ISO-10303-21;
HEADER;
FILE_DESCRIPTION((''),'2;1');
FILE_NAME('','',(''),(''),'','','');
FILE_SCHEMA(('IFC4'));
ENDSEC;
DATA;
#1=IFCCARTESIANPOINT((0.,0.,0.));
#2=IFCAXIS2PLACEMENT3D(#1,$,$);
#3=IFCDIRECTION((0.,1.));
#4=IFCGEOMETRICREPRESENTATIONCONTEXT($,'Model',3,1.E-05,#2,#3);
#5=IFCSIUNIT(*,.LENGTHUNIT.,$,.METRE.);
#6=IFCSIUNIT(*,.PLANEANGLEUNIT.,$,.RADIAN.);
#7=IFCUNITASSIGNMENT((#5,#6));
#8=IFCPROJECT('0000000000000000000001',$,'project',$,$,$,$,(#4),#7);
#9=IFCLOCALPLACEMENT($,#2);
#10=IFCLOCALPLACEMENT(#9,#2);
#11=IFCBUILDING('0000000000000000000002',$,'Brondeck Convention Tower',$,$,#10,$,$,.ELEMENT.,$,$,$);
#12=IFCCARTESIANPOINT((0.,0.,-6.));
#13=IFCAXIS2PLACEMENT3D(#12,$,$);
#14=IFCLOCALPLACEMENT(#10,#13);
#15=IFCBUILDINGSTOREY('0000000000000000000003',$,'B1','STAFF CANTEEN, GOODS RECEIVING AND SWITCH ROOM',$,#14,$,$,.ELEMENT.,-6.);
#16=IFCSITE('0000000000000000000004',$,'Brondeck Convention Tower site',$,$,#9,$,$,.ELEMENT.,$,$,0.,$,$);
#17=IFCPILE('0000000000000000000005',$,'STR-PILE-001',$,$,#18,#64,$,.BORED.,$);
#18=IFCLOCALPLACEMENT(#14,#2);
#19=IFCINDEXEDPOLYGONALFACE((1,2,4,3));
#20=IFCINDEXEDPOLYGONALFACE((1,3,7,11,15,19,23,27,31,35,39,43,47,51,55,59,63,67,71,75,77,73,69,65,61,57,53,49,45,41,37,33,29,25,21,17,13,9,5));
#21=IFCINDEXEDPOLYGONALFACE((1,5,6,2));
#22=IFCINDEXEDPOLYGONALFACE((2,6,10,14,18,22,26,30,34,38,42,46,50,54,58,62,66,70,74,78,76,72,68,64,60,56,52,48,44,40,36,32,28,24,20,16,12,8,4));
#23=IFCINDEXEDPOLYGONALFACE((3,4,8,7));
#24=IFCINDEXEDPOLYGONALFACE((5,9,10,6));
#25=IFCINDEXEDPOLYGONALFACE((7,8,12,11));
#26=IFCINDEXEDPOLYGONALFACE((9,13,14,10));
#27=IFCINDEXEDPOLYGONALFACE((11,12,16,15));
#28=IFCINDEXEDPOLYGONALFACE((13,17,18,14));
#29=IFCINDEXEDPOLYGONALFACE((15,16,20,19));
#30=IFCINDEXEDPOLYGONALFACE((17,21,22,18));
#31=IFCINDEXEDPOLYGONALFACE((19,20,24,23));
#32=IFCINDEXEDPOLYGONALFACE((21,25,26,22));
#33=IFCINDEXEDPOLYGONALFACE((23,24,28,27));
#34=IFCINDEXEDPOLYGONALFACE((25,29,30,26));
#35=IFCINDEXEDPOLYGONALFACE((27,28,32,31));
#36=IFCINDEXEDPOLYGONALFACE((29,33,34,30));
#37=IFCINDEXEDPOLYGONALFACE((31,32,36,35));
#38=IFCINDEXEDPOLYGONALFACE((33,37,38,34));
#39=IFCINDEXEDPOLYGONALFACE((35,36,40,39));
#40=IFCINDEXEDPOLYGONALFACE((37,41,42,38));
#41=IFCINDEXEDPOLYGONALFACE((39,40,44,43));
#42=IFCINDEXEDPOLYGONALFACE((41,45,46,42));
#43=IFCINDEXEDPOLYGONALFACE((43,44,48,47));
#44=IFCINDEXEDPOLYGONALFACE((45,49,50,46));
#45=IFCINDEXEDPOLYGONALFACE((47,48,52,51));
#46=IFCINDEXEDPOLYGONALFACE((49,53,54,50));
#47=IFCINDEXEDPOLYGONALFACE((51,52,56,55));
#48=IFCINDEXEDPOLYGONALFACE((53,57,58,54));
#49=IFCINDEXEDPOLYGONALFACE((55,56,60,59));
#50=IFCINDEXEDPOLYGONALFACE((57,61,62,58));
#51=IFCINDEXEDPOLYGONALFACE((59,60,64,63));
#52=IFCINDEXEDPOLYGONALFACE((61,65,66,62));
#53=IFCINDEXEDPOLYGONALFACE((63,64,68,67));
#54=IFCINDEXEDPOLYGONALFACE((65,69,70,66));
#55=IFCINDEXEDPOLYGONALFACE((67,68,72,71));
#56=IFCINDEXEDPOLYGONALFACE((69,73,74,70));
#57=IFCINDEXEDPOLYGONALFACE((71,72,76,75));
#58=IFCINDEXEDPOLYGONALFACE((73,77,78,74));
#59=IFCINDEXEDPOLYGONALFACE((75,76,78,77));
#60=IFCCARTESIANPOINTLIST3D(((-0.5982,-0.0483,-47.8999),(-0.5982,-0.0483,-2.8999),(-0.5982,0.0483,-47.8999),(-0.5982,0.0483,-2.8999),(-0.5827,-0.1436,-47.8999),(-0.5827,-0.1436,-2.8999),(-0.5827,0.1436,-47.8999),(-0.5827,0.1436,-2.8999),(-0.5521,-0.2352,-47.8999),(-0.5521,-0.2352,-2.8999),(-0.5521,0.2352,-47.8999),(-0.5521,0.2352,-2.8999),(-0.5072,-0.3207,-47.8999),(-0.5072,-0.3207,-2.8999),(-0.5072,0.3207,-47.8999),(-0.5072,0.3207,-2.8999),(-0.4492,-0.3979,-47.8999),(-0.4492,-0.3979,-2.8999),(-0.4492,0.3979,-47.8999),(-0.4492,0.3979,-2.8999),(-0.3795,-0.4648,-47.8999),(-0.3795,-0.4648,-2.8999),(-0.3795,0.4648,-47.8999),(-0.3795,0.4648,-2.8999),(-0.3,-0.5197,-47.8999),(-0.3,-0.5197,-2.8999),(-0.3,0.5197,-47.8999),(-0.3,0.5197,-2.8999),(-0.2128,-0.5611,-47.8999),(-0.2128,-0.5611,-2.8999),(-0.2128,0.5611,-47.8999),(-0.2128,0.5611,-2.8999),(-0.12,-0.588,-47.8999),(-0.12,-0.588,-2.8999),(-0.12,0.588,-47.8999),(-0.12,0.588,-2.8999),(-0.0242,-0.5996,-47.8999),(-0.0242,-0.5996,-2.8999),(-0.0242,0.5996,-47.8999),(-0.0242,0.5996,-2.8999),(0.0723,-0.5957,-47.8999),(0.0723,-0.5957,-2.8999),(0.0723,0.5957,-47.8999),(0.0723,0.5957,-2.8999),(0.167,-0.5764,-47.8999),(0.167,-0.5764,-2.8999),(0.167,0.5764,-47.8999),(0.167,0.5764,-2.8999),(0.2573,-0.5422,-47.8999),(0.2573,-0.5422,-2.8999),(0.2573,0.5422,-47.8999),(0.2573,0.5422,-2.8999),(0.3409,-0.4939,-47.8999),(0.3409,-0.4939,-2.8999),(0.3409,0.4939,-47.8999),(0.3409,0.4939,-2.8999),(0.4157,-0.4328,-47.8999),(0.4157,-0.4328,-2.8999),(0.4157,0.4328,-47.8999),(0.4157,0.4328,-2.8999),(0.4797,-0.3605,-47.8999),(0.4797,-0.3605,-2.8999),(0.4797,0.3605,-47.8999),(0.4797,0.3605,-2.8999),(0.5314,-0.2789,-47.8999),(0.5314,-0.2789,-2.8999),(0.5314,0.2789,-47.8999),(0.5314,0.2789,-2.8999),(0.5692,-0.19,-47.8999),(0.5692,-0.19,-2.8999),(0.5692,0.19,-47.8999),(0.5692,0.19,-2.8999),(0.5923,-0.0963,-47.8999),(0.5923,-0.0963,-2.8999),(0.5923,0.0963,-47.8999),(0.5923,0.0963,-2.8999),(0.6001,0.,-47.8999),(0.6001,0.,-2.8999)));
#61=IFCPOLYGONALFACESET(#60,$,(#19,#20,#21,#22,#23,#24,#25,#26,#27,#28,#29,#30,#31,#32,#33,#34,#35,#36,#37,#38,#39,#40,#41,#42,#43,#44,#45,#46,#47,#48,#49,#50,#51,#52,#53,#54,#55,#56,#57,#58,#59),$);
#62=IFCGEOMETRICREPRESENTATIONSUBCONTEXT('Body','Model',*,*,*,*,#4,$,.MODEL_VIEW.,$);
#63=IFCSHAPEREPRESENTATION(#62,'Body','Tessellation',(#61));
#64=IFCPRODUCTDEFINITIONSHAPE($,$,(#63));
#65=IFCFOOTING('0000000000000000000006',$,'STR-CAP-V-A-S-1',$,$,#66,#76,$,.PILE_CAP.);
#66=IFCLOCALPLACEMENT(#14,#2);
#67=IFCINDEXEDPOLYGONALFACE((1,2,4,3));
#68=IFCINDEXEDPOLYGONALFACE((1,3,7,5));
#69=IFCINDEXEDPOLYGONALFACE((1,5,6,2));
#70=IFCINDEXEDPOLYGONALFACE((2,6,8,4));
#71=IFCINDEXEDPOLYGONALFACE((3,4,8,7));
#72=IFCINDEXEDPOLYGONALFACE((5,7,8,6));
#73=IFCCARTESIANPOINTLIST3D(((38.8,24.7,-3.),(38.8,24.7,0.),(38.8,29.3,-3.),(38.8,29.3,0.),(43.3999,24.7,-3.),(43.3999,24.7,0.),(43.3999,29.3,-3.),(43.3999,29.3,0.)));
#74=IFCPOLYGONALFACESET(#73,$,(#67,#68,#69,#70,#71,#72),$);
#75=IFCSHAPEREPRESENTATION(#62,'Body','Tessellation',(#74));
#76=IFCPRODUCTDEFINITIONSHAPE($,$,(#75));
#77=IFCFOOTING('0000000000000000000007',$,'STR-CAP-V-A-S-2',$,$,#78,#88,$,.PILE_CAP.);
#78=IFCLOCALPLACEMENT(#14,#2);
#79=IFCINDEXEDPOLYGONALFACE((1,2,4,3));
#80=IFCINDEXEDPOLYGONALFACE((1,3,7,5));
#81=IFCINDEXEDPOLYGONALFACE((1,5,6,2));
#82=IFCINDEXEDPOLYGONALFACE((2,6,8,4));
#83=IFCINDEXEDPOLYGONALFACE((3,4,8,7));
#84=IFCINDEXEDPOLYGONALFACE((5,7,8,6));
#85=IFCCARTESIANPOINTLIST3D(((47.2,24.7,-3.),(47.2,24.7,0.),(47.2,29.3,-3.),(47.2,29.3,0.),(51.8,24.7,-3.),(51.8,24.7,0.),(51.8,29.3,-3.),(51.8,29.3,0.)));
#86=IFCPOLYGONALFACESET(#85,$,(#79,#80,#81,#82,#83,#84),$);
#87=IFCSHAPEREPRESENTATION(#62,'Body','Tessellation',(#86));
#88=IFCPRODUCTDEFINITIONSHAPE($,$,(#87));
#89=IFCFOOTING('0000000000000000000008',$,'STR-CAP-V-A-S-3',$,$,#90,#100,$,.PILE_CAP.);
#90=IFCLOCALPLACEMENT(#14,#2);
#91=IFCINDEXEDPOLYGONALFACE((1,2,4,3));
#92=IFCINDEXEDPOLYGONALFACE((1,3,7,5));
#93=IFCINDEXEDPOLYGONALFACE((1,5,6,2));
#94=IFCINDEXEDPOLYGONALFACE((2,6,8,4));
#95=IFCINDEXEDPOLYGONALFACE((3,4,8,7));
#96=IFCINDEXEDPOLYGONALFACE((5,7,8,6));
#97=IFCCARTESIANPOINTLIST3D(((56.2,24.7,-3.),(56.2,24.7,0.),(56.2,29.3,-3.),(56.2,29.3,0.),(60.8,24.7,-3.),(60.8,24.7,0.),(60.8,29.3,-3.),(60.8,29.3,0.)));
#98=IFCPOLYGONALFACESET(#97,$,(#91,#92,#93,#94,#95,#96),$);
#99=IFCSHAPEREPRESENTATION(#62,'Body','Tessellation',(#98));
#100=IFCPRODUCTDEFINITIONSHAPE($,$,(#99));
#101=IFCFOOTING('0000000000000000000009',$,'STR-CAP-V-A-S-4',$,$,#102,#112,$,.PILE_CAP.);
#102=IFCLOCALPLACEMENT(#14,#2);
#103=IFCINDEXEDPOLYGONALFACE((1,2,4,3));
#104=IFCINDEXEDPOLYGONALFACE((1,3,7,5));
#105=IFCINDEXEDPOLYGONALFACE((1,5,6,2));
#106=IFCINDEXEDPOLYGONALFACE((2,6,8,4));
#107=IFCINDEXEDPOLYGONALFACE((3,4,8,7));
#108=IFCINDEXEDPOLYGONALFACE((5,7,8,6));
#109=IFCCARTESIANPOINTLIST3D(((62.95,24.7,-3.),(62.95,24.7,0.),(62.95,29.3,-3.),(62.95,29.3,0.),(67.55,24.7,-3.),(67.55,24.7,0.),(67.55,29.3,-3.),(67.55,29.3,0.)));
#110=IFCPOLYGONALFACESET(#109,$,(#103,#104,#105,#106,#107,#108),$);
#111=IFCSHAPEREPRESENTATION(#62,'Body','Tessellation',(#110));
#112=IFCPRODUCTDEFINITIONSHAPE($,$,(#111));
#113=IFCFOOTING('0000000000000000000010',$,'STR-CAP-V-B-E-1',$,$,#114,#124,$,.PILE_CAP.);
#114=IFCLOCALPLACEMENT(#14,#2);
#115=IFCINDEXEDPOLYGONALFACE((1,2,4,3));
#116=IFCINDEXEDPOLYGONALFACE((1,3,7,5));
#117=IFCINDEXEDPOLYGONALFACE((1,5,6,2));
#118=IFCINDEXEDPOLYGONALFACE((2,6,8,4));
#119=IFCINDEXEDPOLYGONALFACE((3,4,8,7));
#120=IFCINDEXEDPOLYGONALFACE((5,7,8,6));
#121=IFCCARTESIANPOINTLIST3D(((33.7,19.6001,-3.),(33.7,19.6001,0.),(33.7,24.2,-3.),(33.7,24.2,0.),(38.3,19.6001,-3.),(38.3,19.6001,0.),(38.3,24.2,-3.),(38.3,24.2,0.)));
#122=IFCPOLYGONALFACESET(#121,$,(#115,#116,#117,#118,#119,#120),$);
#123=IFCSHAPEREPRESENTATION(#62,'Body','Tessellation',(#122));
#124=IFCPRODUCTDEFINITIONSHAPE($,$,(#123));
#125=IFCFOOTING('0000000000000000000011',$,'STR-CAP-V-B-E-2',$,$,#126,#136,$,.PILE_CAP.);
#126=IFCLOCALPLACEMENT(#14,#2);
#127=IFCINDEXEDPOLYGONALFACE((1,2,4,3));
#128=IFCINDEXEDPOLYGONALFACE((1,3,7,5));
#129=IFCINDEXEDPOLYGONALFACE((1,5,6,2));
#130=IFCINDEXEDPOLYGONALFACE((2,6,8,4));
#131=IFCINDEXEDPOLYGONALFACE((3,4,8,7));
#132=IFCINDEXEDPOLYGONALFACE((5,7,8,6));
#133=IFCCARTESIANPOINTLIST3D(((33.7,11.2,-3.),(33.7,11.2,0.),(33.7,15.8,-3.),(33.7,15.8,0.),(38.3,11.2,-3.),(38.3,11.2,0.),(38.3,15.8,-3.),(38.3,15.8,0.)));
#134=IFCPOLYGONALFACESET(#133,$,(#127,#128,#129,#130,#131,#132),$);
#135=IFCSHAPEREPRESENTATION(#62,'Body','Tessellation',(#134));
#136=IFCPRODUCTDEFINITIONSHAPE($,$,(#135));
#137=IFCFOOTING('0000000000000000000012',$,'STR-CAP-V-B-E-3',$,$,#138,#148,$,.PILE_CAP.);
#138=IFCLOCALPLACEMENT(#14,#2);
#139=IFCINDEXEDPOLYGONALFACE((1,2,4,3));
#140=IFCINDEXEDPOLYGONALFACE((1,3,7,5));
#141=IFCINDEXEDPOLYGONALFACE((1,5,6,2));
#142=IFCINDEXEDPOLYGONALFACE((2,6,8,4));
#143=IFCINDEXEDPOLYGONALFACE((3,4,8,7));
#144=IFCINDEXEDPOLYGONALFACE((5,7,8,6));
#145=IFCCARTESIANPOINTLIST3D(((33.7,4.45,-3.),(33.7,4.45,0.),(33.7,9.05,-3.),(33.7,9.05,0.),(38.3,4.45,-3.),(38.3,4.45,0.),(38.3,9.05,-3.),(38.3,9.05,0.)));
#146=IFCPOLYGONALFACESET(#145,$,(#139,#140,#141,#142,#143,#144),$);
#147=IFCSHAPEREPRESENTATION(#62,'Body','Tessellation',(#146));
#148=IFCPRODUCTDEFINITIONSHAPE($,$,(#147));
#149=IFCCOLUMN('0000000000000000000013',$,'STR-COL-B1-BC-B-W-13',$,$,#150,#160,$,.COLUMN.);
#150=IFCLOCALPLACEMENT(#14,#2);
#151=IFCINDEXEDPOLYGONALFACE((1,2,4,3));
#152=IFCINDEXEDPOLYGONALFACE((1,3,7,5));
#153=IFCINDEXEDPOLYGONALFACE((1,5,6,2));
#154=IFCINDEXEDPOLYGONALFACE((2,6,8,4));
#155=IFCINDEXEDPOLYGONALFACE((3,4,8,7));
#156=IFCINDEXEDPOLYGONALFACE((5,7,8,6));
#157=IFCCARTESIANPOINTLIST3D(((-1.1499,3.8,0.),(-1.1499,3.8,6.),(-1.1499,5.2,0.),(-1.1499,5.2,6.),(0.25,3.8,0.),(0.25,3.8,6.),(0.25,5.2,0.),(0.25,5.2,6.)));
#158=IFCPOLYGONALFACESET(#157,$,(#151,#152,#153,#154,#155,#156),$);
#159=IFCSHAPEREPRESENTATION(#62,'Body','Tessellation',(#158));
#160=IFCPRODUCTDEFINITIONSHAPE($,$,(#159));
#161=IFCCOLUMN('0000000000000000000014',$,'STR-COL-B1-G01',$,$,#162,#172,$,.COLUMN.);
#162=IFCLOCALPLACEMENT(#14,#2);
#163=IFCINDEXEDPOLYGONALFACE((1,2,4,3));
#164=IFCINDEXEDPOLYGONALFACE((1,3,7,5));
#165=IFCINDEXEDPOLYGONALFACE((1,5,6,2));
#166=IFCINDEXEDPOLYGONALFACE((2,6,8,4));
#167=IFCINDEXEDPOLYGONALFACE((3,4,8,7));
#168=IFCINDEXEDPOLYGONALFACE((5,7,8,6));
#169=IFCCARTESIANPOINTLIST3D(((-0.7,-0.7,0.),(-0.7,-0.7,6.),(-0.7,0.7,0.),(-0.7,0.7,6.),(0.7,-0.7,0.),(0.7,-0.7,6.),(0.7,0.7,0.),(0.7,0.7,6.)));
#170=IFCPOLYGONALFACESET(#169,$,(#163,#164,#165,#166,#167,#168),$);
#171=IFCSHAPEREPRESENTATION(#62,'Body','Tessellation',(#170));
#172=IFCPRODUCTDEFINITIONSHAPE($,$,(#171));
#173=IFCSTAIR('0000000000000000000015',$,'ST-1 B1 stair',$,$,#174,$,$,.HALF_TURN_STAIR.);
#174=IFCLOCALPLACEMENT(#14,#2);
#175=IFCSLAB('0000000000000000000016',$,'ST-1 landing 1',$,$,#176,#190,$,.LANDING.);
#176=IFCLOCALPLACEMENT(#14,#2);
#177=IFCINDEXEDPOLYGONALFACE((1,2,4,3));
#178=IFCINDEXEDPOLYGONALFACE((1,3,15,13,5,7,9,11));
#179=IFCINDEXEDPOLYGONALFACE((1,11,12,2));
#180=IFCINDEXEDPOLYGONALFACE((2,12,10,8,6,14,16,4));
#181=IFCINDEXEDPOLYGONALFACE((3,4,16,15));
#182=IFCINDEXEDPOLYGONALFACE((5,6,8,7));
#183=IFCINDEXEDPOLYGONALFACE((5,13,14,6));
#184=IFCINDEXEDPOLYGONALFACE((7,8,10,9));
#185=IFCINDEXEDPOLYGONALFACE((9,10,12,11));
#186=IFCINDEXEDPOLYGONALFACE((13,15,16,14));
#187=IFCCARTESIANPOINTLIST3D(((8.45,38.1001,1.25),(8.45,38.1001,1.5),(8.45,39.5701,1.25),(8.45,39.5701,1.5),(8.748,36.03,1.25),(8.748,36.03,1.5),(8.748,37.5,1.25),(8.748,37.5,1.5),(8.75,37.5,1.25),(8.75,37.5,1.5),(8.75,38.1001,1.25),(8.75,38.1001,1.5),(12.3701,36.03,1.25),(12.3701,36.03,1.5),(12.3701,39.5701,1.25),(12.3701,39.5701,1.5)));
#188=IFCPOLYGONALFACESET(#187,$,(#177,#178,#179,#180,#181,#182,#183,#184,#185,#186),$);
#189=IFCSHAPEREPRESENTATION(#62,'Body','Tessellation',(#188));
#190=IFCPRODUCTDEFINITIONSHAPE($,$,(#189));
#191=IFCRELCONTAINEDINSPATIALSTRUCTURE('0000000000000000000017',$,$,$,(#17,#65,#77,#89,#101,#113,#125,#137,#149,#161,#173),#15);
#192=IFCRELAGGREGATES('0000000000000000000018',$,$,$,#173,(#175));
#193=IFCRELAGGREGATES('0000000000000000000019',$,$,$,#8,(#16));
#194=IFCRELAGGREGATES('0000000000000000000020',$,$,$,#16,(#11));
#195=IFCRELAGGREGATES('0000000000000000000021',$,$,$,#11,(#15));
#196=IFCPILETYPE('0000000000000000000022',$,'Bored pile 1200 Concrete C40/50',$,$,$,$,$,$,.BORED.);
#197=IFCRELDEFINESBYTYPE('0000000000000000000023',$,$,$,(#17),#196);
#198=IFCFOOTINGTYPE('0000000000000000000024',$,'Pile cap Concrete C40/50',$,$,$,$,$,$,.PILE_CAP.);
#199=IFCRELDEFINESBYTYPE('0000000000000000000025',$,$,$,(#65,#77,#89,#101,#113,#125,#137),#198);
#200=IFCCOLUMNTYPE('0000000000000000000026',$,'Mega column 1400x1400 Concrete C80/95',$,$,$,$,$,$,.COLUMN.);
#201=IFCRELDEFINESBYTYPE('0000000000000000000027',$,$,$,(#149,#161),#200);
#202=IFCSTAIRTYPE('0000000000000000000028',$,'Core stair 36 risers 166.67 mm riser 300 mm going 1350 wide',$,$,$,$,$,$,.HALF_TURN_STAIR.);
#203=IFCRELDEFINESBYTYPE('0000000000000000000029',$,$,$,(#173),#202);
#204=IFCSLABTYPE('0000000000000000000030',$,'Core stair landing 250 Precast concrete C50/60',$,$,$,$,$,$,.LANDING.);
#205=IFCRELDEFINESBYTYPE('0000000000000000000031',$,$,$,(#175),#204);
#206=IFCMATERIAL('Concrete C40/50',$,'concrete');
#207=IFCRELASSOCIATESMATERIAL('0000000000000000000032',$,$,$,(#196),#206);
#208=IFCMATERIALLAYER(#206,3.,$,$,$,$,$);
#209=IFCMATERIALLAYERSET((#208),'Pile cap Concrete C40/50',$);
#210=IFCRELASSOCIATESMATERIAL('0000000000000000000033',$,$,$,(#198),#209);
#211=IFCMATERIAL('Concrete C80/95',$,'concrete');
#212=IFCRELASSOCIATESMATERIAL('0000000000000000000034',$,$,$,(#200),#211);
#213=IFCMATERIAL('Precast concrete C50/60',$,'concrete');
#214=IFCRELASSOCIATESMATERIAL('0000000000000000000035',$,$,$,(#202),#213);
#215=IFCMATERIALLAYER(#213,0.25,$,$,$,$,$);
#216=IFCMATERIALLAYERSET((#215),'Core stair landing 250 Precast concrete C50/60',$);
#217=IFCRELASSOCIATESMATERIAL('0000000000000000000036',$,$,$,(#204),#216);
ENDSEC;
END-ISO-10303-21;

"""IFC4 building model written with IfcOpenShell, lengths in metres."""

from ifc_helpers import new_model, si_unit, direction, frame, origin, origin_2d, place, context, subcontext, project, spatial, polyline, rectangle, circle, outline, extrude, material, layer, layer_set, material_profile, profile_set, type_object, element, aggregate, save


model = new_model("IFC4")

# Units and contexts
model_context = context("Model", 3, precision=1e-05, world=origin(), true_north=direction((0.0, 1.0)))
body_context = subcontext(model_context, "Body", "Model", "MODEL_VIEW")
ifc_project = project(units=[si_unit("LENGTHUNIT", "METRE"), si_unit("PLANEANGLEUNIT", "RADIAN")], contexts=[model_context])

# Site, building, storey
site_placement = place(None, origin())
site = spatial("IfcSite", under=ifc_project, at=site_placement, Name="Brondeck Convention Tower site", CompositionType="ELEMENT", RefElevation=0.0)
building_placement = place(site_placement, origin())
building = spatial("IfcBuilding", under=site, at=building_placement, Name="Brondeck Convention Tower", CompositionType="ELEMENT")
storey_placement = place(building_placement, frame((0.0, 0.0, -6.0)))
storey = spatial("IfcBuildingStorey", under=building, at=storey_placement, Name="B1", Description="STAFF CANTEEN, GOODS RECEIVING AND SWITCH ROOM", CompositionType="ELEMENT", Elevation=-6.0)

# Pile
ifc_material_1 = material(Name="Concrete C40/50", Category="concrete")
ifc_material_profile_1 = material_profile(ifc_material_1, circle(Radius=0.6001, at=origin_2d()), Name="Bored pile 1200 Concrete C40/50")
ifc_profile_set_1 = profile_set([ifc_material_profile_1], Name="Concrete C40/50")
pile_type = type_object("IfcPileType", Name="Bored pile 1200 Concrete C40/50", PredefinedType="BORED", material=ifc_profile_set_1)
pile_placement = place(storey_placement, frame((0.0, 0.0, -2.8999), z_axis=(0.0, 0.0, -1.0), x_axis=(1.0, 0.0, 0.0)))
element("IfcPile", 1, at=pile_placement, inside=storey, type_object=pile_type, Name="STR-PILE-001", PredefinedType="BORED", context=body_context, shape_type="SweptSolid", body=[
    extrude(circle(Radius=0.6001, at=origin_2d()), origin(), (0.0, 0.0, 1.0), 45.0),
])

# Footings
ifc_layer_1 = layer(ifc_material_1, 3.0)
ifc_layer_set_1 = layer_set([ifc_layer_1], Name="Pile cap Concrete C40/50")
footing_type = type_object("IfcFootingType", Name="Pile cap Concrete C40/50", PredefinedType="PILE_CAP", material=ifc_layer_set_1)
footing_1_placement = place(storey_placement, frame((0.0, 0.0, -3.0)))
element("IfcFooting", 2, at=footing_1_placement, inside=storey, type_object=footing_type, Name="STR-CAP-V-A-S-1", PredefinedType="PILE_CAP", context=body_context, shape_type="SweptSolid", body=[
    extrude(outline(polyline([(38.8, 24.7), (43.3999, 24.7), (43.3999, 29.3), (38.8, 29.3), (38.8, 24.7)])), origin(), (0.0, 0.0, 1.0), 3.0),
])
footing_2_placement = place(storey_placement, frame((0.0, 0.0, -3.0)))
element("IfcFooting", 3, at=footing_2_placement, inside=storey, type_object=footing_type, Name="STR-CAP-V-A-S-2", PredefinedType="PILE_CAP", context=body_context, shape_type="SweptSolid", body=[
    extrude(outline(polyline([(47.2, 24.7), (51.8, 24.7), (51.8, 29.3), (47.2, 29.3), (47.2, 24.7)])), origin(), (0.0, 0.0, 1.0), 3.0),
])
footing_3_placement = place(storey_placement, frame((0.0, 0.0, -3.0)))
element("IfcFooting", 4, at=footing_3_placement, inside=storey, type_object=footing_type, Name="STR-CAP-V-A-S-3", PredefinedType="PILE_CAP", context=body_context, shape_type="SweptSolid", body=[
    extrude(outline(polyline([(56.2, 24.7), (60.8, 24.7), (60.8, 29.3), (56.2, 29.3), (56.2, 24.7)])), origin(), (0.0, 0.0, 1.0), 3.0),
])
footing_4_placement = place(storey_placement, frame((0.0, 0.0, -3.0)))
element("IfcFooting", 5, at=footing_4_placement, inside=storey, type_object=footing_type, Name="STR-CAP-V-A-S-4", PredefinedType="PILE_CAP", context=body_context, shape_type="SweptSolid", body=[
    extrude(outline(polyline([(62.95, 24.7), (67.55, 24.7), (67.55, 29.3), (62.95, 29.3), (62.95, 24.7)])), origin(), (0.0, 0.0, 1.0), 3.0),
])
footing_5_placement = place(storey_placement, frame((0.0, 0.0, -3.0)))
element("IfcFooting", 6, at=footing_5_placement, inside=storey, type_object=footing_type, Name="STR-CAP-V-B-E-1", PredefinedType="PILE_CAP", context=body_context, shape_type="SweptSolid", body=[
    extrude(outline(polyline([(33.7, 19.6001), (38.3, 19.6001), (38.3, 24.2), (33.7, 24.2), (33.7, 19.6001)])), origin(), (0.0, 0.0, 1.0), 3.0),
])
footing_6_placement = place(storey_placement, frame((0.0, 0.0, -3.0)))
element("IfcFooting", 7, at=footing_6_placement, inside=storey, type_object=footing_type, Name="STR-CAP-V-B-E-2", PredefinedType="PILE_CAP", context=body_context, shape_type="SweptSolid", body=[
    extrude(outline(polyline([(33.7, 11.2), (38.3, 11.2), (38.3, 15.8), (33.7, 15.8), (33.7, 11.2)])), origin(), (0.0, 0.0, 1.0), 3.0),
])
footing_7_placement = place(storey_placement, frame((0.0, 0.0, -3.0)))
element("IfcFooting", 8, at=footing_7_placement, inside=storey, type_object=footing_type, Name="STR-CAP-V-B-E-3", PredefinedType="PILE_CAP", context=body_context, shape_type="SweptSolid", body=[
    extrude(outline(polyline([(33.7, 4.45), (38.3, 4.45), (38.3, 9.05), (33.7, 9.05), (33.7, 4.45)])), origin(), (0.0, 0.0, 1.0), 3.0),
])

# Columns
ifc_material_2 = material(Name="Concrete C80/95", Category="concrete")
ifc_material_profile_2 = material_profile(ifc_material_2, rectangle(XDim=1.3999, YDim=1.3999, at=origin_2d()), Name="Mega column 1400x1400 Concrete C80/95")
ifc_profile_set_2 = profile_set([ifc_material_profile_2], Name="Concrete C80/95")
column_type = type_object("IfcColumnType", Name="Mega column 1400x1400 Concrete C80/95", PredefinedType="COLUMN", material=ifc_profile_set_2)
for number, where, z_axis, x_axis, name in (
    (9, (-0.45, 4.5, 0.0), (0.0, 0.0, 1.0), (1.0, 0.0, 0.0), "STR-COL-B1-BC-B-W-13"),
    (10, (0.0, 0.0, 0.0), (0.0, 0.0, 1.0), (1.0, 0.0, 0.0), "STR-COL-B1-G01"),
):
    element("IfcColumn", number, at=place(storey_placement, frame(where, z_axis=z_axis, x_axis=x_axis)), inside=storey, type_object=column_type, Name=name, PredefinedType="COLUMN", context=body_context, shape_type="SweptSolid", body=[
        extrude(rectangle(XDim=1.3999, YDim=1.3999, at=origin_2d()), origin(), (0.0, 0.0, 1.0), 6.0),
    ])

# Stair, slab
ifc_material_3 = material(Name="Precast concrete C50/60", Category="concrete")
stair_type_1 = type_object("IfcStairType", Name="Core stair 36 risers 166.67 mm riser 300 mm going 1350 wide", PredefinedType="HALF_TURN_STAIR", material=ifc_material_3)
stair_1_placement = place(storey_placement, origin())
stair_1 = element("IfcStair", 11, at=stair_1_placement, inside=storey, type_object=stair_type_1, Name="ST-1 B1 stair", PredefinedType="HALF_TURN_STAIR")
ifc_layer_2 = layer(ifc_material_3, 0.25)
ifc_layer_set_2 = layer_set([ifc_layer_2], Name="Core stair landing 250 Precast concrete C50/60")
slab_type_1 = type_object("IfcSlabType", Name="Core stair landing 250 Precast concrete C50/60", PredefinedType="LANDING", material=ifc_layer_set_2)
slab_1_placement = place(storey_placement, frame((0.0, 0.0, 1.25)))
slab_1 = element("IfcSlab", 12, at=slab_1_placement, type_object=slab_type_1, Name="ST-1 landing 1", PredefinedType="LANDING", context=body_context, shape_type="SweptSolid", body=[
    extrude(outline(polyline([(8.748, 37.5), (8.75, 37.5), (8.75, 38.1001), (8.45, 38.1001), (8.45, 39.5701), (12.3701, 39.5701), (12.3701, 36.03), (8.748, 36.03), (8.748, 37.5)])), origin(), (0.0, 0.0, 1.0), 0.25),
])
aggregate(stair_1, [slab_1])

save(model, "model.ifc")
